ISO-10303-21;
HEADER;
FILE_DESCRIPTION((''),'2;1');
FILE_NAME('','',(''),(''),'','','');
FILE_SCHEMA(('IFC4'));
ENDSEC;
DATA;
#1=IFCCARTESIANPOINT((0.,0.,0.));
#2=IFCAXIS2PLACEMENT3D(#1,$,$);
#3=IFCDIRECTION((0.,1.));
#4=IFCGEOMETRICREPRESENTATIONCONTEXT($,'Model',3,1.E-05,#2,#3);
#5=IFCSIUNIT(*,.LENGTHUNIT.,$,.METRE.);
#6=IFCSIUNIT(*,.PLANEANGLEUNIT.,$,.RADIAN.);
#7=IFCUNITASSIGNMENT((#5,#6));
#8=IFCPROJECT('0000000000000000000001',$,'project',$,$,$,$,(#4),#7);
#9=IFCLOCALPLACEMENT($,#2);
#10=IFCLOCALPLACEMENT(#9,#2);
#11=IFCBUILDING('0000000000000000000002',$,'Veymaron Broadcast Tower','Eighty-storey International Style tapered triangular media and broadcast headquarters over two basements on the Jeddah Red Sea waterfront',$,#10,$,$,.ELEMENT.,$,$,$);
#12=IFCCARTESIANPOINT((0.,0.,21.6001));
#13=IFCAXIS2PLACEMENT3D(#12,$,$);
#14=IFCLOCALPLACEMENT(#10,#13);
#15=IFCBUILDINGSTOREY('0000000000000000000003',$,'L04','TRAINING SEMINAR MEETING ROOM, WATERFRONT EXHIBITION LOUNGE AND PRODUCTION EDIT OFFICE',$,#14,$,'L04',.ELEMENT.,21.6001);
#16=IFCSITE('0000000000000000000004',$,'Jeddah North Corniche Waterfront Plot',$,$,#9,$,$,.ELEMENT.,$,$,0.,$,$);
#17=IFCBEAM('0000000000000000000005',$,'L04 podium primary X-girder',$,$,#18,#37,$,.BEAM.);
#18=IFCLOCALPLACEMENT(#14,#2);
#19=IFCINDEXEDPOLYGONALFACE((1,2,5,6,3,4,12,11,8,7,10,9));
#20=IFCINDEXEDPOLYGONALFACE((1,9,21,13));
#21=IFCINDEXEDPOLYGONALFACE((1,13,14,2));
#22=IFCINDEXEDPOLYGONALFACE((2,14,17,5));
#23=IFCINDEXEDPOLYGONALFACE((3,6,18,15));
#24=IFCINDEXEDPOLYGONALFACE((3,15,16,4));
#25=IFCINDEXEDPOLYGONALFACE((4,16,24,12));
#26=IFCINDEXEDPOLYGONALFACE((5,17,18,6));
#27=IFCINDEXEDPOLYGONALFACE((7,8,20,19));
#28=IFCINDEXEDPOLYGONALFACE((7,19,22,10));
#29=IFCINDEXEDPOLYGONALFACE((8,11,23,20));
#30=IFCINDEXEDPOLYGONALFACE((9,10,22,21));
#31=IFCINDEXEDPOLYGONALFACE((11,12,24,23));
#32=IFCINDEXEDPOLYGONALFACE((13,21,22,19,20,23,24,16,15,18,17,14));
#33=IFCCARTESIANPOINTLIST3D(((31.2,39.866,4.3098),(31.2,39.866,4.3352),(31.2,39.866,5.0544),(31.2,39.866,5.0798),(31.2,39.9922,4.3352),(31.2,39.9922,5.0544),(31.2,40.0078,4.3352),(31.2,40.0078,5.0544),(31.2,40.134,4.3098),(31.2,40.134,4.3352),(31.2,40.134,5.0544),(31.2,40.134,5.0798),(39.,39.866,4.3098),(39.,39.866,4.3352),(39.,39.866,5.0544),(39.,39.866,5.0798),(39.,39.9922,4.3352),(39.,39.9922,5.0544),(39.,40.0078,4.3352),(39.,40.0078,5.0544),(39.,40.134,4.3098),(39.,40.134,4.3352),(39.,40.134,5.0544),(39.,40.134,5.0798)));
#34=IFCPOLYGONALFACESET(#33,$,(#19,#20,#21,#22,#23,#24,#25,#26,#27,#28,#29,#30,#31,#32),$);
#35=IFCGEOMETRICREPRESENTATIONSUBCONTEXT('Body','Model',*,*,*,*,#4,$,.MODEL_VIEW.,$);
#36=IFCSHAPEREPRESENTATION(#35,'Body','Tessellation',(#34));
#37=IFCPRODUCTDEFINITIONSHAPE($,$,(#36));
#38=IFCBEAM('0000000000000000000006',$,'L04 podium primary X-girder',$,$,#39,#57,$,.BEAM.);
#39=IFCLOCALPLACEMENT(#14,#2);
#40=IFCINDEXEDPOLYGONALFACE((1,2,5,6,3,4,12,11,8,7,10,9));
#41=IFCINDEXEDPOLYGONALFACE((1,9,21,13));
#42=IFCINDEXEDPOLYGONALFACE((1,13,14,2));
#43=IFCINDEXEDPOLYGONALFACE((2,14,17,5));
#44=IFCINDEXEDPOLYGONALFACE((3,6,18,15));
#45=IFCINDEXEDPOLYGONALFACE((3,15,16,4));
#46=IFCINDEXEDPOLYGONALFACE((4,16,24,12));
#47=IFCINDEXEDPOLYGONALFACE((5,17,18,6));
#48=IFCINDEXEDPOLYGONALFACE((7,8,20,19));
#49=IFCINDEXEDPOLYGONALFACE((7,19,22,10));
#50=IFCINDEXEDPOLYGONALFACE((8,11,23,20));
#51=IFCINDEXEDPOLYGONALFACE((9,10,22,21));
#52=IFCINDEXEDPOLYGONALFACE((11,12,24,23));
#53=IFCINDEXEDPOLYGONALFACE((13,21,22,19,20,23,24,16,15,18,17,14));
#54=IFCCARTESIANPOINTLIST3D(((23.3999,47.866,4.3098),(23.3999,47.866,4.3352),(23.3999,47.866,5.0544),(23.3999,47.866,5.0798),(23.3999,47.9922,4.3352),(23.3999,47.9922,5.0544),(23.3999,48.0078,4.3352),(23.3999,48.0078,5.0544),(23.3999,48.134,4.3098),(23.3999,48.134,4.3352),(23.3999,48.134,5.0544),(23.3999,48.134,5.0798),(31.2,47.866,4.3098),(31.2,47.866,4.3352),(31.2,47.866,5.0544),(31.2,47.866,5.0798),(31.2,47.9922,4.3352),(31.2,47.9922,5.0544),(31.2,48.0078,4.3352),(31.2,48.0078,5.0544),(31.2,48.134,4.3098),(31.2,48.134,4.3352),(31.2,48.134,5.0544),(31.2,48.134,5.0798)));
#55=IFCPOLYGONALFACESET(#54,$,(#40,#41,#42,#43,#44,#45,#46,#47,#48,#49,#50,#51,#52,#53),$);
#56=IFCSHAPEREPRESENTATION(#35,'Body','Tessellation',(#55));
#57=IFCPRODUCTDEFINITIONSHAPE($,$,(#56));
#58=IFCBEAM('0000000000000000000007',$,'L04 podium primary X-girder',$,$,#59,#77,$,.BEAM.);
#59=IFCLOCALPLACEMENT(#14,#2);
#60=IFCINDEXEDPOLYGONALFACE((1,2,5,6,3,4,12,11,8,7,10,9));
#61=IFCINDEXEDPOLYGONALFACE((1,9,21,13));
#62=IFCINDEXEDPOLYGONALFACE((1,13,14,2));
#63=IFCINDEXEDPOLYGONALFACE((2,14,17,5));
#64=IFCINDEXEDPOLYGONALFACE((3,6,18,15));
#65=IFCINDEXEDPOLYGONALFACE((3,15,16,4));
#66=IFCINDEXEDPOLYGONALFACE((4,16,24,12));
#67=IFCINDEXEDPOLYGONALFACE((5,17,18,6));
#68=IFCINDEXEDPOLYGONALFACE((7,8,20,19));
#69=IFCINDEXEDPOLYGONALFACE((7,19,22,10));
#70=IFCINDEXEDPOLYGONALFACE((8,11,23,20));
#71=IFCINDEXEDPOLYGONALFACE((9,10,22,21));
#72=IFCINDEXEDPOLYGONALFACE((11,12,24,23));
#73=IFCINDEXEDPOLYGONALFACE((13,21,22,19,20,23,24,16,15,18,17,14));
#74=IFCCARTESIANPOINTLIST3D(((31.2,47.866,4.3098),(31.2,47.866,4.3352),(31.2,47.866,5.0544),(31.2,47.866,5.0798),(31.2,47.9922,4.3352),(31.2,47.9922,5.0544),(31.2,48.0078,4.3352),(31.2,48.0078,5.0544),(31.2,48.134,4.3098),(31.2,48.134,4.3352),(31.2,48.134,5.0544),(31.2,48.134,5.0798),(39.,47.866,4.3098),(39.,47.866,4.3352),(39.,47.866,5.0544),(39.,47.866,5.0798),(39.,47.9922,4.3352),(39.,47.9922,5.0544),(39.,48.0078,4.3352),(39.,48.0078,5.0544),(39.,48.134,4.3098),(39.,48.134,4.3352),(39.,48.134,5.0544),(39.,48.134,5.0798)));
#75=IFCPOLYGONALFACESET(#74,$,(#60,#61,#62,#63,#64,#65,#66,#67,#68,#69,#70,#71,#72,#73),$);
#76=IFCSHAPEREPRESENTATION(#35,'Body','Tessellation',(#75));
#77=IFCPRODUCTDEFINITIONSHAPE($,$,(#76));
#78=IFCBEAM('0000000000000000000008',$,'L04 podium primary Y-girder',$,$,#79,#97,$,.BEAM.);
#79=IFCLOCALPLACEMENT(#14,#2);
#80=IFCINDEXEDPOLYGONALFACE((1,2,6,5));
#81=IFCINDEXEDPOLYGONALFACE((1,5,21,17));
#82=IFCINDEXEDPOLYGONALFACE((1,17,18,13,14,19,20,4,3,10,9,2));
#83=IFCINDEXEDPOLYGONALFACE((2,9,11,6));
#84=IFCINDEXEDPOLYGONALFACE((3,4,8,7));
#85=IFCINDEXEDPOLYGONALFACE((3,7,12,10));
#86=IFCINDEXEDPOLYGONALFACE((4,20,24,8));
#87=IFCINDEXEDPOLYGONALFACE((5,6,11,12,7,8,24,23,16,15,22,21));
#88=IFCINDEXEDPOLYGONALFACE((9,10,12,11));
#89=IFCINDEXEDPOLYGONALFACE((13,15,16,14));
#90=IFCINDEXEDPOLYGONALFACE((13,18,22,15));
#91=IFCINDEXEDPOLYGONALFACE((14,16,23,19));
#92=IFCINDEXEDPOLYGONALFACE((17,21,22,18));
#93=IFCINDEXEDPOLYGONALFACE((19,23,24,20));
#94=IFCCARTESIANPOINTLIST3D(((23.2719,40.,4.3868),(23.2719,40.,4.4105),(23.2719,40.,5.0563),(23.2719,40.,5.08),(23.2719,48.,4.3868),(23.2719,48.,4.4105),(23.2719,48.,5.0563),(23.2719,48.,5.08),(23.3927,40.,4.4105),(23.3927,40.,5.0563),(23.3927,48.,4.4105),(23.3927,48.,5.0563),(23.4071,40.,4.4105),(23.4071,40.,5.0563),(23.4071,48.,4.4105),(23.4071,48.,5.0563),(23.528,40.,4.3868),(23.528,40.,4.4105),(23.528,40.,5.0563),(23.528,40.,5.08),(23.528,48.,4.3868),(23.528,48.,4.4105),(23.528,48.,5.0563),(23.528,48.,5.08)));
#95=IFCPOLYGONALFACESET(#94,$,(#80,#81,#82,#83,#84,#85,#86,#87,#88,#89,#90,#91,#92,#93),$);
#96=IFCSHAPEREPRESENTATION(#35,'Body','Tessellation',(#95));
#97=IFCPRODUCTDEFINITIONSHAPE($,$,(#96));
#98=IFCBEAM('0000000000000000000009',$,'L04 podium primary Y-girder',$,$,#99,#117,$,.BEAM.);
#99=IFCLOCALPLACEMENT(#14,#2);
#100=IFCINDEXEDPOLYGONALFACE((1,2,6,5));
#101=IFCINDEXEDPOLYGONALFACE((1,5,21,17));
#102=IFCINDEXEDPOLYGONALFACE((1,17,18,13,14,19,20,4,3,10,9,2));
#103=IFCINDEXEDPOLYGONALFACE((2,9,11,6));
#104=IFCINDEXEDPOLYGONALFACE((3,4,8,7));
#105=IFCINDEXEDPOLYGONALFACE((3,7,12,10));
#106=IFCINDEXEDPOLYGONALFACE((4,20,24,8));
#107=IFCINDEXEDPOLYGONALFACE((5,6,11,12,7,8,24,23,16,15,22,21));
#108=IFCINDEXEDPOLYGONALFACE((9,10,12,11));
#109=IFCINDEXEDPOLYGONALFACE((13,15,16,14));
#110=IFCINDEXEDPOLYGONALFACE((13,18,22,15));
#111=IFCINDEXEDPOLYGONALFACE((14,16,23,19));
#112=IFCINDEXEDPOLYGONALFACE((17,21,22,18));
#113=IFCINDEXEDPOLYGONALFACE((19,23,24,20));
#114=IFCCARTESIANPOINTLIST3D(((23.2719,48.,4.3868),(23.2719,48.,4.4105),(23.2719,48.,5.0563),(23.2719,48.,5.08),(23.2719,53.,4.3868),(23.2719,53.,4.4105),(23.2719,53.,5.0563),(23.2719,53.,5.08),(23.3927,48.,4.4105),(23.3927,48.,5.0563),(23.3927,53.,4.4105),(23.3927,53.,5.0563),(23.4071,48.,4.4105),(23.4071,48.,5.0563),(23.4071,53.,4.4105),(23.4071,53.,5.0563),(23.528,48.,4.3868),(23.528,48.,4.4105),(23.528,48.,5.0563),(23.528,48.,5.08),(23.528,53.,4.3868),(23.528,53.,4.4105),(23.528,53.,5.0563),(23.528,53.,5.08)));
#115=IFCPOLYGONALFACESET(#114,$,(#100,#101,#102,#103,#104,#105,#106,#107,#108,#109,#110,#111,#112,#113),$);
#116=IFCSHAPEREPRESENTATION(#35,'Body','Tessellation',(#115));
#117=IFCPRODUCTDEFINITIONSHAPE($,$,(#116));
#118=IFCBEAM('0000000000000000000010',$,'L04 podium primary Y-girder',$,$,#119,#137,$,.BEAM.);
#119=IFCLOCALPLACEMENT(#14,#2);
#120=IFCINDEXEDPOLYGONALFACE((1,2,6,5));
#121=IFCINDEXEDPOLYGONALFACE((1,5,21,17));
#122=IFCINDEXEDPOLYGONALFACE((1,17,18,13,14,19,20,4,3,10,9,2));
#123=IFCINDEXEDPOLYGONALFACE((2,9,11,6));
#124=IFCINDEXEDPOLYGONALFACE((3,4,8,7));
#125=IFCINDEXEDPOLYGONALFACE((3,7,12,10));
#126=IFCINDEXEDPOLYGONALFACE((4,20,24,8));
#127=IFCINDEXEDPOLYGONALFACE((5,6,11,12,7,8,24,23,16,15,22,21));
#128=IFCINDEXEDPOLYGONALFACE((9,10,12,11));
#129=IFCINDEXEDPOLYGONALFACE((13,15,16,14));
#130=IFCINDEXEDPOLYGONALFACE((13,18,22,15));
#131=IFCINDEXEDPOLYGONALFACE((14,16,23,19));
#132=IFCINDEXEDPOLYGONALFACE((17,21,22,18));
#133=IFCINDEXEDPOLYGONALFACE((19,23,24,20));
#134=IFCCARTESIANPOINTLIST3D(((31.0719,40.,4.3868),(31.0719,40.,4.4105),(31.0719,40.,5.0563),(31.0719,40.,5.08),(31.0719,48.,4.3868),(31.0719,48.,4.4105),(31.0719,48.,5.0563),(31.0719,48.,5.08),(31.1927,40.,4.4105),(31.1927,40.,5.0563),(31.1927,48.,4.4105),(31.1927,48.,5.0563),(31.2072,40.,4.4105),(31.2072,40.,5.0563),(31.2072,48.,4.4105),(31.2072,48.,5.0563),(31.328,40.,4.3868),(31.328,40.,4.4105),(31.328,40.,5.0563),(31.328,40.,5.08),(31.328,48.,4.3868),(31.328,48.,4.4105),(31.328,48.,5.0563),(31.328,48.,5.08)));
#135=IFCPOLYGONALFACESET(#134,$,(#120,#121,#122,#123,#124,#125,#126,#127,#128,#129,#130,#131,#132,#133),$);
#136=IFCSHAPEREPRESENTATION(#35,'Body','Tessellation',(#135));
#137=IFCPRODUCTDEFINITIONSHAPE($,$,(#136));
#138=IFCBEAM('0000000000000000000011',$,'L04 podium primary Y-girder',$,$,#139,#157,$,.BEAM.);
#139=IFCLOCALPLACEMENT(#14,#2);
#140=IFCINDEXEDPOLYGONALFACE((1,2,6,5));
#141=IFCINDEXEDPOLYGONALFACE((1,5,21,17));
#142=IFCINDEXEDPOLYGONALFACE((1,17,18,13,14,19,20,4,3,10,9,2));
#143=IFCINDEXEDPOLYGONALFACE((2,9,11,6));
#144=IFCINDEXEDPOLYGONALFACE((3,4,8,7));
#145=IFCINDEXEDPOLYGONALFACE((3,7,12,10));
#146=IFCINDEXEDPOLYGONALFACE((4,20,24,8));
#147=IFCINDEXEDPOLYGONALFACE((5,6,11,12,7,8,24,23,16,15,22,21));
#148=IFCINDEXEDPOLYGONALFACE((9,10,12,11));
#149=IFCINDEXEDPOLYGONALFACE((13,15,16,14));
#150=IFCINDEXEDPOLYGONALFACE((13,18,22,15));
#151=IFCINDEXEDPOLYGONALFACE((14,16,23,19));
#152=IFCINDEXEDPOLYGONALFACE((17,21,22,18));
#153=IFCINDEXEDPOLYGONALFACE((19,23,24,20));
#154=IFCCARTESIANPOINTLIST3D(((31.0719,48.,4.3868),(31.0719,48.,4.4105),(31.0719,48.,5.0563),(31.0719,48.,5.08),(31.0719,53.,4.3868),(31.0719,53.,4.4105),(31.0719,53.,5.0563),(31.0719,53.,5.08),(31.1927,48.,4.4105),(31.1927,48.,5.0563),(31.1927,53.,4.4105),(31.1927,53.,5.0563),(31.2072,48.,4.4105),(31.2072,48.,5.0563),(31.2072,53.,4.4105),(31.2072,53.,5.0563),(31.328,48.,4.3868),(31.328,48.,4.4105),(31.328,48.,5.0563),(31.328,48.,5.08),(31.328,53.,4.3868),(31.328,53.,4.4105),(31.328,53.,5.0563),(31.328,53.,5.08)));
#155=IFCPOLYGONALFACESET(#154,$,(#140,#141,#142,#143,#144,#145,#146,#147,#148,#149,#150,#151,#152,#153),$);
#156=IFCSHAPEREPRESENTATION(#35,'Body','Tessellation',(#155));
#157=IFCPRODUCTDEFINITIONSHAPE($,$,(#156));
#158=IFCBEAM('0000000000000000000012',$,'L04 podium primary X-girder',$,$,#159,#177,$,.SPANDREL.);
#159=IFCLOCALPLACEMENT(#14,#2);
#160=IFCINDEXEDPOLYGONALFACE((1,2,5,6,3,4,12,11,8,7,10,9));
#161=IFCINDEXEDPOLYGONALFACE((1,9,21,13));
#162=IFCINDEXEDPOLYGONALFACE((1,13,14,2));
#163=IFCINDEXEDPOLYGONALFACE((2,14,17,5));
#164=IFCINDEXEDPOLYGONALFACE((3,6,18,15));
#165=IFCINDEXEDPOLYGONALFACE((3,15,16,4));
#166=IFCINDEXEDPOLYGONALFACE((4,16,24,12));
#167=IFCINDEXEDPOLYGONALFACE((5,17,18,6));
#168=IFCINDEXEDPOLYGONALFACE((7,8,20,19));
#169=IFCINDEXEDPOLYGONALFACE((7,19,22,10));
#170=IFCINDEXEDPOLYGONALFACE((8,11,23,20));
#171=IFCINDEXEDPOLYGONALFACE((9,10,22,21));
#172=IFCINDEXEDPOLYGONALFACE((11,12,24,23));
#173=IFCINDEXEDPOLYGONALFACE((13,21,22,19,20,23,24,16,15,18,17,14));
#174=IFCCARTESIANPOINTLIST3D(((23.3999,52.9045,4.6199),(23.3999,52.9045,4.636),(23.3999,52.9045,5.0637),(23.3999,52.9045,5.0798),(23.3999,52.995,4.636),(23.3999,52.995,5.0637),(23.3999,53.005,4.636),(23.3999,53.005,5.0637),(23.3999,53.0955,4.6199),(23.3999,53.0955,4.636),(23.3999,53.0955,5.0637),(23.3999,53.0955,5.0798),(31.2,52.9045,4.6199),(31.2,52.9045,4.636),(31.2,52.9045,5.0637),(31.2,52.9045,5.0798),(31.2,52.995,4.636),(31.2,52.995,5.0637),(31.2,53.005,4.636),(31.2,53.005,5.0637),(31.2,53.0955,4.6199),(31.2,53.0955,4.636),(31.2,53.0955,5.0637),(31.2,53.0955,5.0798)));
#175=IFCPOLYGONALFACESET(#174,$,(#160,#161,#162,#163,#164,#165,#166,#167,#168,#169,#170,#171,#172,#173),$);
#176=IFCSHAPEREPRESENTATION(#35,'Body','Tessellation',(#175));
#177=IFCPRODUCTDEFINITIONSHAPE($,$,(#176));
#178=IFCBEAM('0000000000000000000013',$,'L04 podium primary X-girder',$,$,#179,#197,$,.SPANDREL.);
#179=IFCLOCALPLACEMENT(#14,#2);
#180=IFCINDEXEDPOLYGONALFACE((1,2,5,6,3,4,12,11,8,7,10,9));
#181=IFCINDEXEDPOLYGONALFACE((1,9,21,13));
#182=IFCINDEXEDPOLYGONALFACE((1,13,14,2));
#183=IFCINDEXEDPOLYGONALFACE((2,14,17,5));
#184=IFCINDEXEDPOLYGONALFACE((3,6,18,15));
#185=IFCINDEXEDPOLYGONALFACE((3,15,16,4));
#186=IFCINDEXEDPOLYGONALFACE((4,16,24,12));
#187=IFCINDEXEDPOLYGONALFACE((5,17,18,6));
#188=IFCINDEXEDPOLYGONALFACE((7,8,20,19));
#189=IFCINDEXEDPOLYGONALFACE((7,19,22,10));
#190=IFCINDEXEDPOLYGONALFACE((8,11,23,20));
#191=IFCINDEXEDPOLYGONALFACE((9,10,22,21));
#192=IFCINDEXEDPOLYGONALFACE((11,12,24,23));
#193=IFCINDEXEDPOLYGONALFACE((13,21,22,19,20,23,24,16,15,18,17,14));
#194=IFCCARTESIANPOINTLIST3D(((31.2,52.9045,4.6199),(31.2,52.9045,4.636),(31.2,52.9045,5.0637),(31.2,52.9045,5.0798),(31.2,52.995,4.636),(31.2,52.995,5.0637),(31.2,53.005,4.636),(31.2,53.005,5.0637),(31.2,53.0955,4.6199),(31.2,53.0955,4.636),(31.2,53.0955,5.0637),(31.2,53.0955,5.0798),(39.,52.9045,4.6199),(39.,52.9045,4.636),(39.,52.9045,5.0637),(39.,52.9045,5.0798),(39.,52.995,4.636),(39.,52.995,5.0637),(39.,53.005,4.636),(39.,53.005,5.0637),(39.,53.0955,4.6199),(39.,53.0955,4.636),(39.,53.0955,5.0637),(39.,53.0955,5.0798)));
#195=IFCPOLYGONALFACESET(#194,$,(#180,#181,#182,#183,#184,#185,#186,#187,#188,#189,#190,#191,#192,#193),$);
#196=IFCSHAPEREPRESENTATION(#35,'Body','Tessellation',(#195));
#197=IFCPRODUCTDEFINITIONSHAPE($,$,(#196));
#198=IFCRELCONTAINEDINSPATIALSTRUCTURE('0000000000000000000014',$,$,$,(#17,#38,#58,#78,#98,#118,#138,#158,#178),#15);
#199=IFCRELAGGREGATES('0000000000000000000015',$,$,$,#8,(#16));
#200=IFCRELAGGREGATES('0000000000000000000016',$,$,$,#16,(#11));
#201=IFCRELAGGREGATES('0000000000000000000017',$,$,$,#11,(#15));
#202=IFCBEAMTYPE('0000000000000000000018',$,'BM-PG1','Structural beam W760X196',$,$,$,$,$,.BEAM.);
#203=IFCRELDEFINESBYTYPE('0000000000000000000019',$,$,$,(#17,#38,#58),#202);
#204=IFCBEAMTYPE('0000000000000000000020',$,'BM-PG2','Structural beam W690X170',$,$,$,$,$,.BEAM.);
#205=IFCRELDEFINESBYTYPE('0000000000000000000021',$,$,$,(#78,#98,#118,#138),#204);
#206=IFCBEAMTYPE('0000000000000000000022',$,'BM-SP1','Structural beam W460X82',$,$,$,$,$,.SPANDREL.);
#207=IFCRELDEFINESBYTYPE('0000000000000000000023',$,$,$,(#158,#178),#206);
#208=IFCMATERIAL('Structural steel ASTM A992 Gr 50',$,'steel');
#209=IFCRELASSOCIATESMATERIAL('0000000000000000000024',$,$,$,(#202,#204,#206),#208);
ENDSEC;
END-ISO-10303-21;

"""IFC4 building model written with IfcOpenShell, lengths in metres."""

from ifc_helpers import new_model, si_unit, direction, frame, origin, origin_2d, place, context, subcontext, project, spatial, i_section, extrude, material, material_profile, profile_set, type_object, element, save


model = new_model("IFC4")

# Units and contexts
model_context = context("Model", 3, precision=1e-05, world=origin(), true_north=direction((0.0, 1.0)))
body_context = subcontext(model_context, "Body", "Model", "MODEL_VIEW")
ifc_project = project(units=[si_unit("LENGTHUNIT", "METRE"), si_unit("PLANEANGLEUNIT", "RADIAN")], contexts=[model_context])

# Site, building, storey
site_placement = place(None, origin())
site = spatial("IfcSite", under=ifc_project, at=site_placement, Name="Jeddah North Corniche Waterfront Plot", CompositionType="ELEMENT", RefElevation=0.0)
building_placement = place(site_placement, origin())
building = spatial("IfcBuilding", under=site, at=building_placement, Name="Veymaron Broadcast Tower", Description="Eighty-storey International Style tapered triangular media and broadcast headquarters over two basements on the Jeddah Red Sea waterfront", CompositionType="ELEMENT")
storey_placement = place(building_placement, frame((0.0, 0.0, 21.6001)))
storey = spatial("IfcBuildingStorey", under=building, at=storey_placement, Name="L04", Description="TRAINING SEMINAR MEETING ROOM, WATERFRONT EXHIBITION LOUNGE AND PRODUCTION EDIT OFFICE", LongName="L04", CompositionType="ELEMENT", Elevation=21.6001)

# Beams
ifc_material_1 = material(Name="Structural steel ASTM A992 Gr 50", Category="steel")
ifc_material_profile_1 = material_profile(ifc_material_1, i_section(OverallWidth=0.2681, OverallDepth=0.77, WebThickness=0.0156, FlangeThickness=0.0254, at=origin_2d()), Name="W760X196")
ifc_profile_set_1 = profile_set([ifc_material_profile_1], Name="Structural steel ASTM A992 Gr 50")
beam_type_1 = type_object("IfcBeamType", Name="BM-PG1", Description="Structural beam W760X196", PredefinedType="BEAM", material=ifc_profile_set_1)
for number, where, z_axis, x_axis, name in (
    (1, (31.2, 40.0, 4.6948), (1.0, 0.0, 0.0), (0.0, 1.0, 0.0), "L04 podium primary X-girder"),
    (2, (23.3999, 48.0, 4.6948), (1.0, 0.0, 0.0), (0.0, 1.0, 0.0), "L04 podium primary X-girder"),
    (3, (31.2, 48.0, 4.6948), (1.0, 0.0, 0.0), (0.0, 1.0, 0.0), "L04 podium primary X-girder"),
):
    element("IfcBeam", number, at=place(storey_placement, frame(where, z_axis=z_axis, x_axis=x_axis)), inside=storey, type_object=beam_type_1, Name=name, PredefinedType="BEAM", context=body_context, shape_type="SweptSolid", body=[
        extrude(i_section(OverallWidth=0.2681, OverallDepth=0.77, WebThickness=0.0156, FlangeThickness=0.0254, at=origin_2d()), origin(), (0.0, 0.0, 1.0), 7.8),
    ])
ifc_material_profile_2 = material_profile(ifc_material_1, i_section(OverallWidth=0.2561, OverallDepth=0.6931, WebThickness=0.0144, FlangeThickness=0.0237, at=origin_2d()), Name="W690X170")
ifc_profile_set_2 = profile_set([ifc_material_profile_2], Name="Structural steel ASTM A992 Gr 50")
beam_type_2 = type_object("IfcBeamType", Name="BM-PG2", Description="Structural beam W690X170", PredefinedType="BEAM", material=ifc_profile_set_2)
beam_1_placement = place(storey_placement, frame((23.3999, 40.0, 4.7334), z_axis=(0.0, 1.0, 0.0), x_axis=(-1.0, 0.0, 0.0)))
element("IfcBeam", 4, at=beam_1_placement, inside=storey, type_object=beam_type_2, Name="L04 podium primary Y-girder", PredefinedType="BEAM", context=body_context, shape_type="SweptSolid", body=[
    extrude(i_section(OverallWidth=0.2561, OverallDepth=0.6931, WebThickness=0.0144, FlangeThickness=0.0237, at=origin_2d()), origin(), (0.0, 0.0, 1.0), 8.0),
])
beam_2_placement = place(storey_placement, frame((23.3999, 48.0, 4.7334), z_axis=(0.0, 1.0, 0.0), x_axis=(-1.0, 0.0, 0.0)))
element("IfcBeam", 5, at=beam_2_placement, inside=storey, type_object=beam_type_2, Name="L04 podium primary Y-girder", PredefinedType="BEAM", context=body_context, shape_type="SweptSolid", body=[
    extrude(i_section(OverallWidth=0.2561, OverallDepth=0.6931, WebThickness=0.0144, FlangeThickness=0.0237, at=origin_2d()), origin(), (0.0, 0.0, 1.0), 5.0),
])
beam_3_placement = place(storey_placement, frame((31.2, 40.0, 4.7334), z_axis=(0.0, 1.0, 0.0), x_axis=(-1.0, 0.0, 0.0)))
element("IfcBeam", 6, at=beam_3_placement, inside=storey, type_object=beam_type_2, Name="L04 podium primary Y-girder", PredefinedType="BEAM", context=body_context, shape_type="SweptSolid", body=[
    extrude(i_section(OverallWidth=0.2561, OverallDepth=0.6931, WebThickness=0.0144, FlangeThickness=0.0237, at=origin_2d()), origin(), (0.0, 0.0, 1.0), 8.0),
])
beam_4_placement = place(storey_placement, frame((31.2, 48.0, 4.7334), z_axis=(0.0, 1.0, 0.0), x_axis=(-1.0, 0.0, 0.0)))
element("IfcBeam", 7, at=beam_4_placement, inside=storey, type_object=beam_type_2, Name="L04 podium primary Y-girder", PredefinedType="BEAM", context=body_context, shape_type="SweptSolid", body=[
    extrude(i_section(OverallWidth=0.2561, OverallDepth=0.6931, WebThickness=0.0144, FlangeThickness=0.0237, at=origin_2d()), origin(), (0.0, 0.0, 1.0), 5.0),
])
ifc_material_profile_3 = material_profile(ifc_material_1, i_section(OverallWidth=0.1909, OverallDepth=0.46, WebThickness=0.01, FlangeThickness=0.0161, at=origin_2d()), Name="W460X82")
ifc_profile_set_3 = profile_set([ifc_material_profile_3], Name="Structural steel ASTM A992 Gr 50")
beam_type_3 = type_object("IfcBeamType", Name="BM-SP1", Description="Structural beam W460X82", PredefinedType="SPANDREL", material=ifc_profile_set_3)
for number, where, z_axis, x_axis, name in (
    (8, (23.3999, 53.0, 4.8499), (1.0, 0.0, 0.0), (0.0, 1.0, 0.0), "L04 podium primary X-girder"),
    (9, (31.2, 53.0, 4.8499), (1.0, 0.0, 0.0), (0.0, 1.0, 0.0), "L04 podium primary X-girder"),
):
    element("IfcBeam", number, at=place(storey_placement, frame(where, z_axis=z_axis, x_axis=x_axis)), inside=storey, type_object=beam_type_3, Name=name, PredefinedType="SPANDREL", context=body_context, shape_type="SweptSolid", body=[
        extrude(i_section(OverallWidth=0.1909, OverallDepth=0.46, WebThickness=0.01, FlangeThickness=0.0161, at=origin_2d()), origin(), (0.0, 0.0, 1.0), 7.8),
    ])

save(model, "model.ifc")
